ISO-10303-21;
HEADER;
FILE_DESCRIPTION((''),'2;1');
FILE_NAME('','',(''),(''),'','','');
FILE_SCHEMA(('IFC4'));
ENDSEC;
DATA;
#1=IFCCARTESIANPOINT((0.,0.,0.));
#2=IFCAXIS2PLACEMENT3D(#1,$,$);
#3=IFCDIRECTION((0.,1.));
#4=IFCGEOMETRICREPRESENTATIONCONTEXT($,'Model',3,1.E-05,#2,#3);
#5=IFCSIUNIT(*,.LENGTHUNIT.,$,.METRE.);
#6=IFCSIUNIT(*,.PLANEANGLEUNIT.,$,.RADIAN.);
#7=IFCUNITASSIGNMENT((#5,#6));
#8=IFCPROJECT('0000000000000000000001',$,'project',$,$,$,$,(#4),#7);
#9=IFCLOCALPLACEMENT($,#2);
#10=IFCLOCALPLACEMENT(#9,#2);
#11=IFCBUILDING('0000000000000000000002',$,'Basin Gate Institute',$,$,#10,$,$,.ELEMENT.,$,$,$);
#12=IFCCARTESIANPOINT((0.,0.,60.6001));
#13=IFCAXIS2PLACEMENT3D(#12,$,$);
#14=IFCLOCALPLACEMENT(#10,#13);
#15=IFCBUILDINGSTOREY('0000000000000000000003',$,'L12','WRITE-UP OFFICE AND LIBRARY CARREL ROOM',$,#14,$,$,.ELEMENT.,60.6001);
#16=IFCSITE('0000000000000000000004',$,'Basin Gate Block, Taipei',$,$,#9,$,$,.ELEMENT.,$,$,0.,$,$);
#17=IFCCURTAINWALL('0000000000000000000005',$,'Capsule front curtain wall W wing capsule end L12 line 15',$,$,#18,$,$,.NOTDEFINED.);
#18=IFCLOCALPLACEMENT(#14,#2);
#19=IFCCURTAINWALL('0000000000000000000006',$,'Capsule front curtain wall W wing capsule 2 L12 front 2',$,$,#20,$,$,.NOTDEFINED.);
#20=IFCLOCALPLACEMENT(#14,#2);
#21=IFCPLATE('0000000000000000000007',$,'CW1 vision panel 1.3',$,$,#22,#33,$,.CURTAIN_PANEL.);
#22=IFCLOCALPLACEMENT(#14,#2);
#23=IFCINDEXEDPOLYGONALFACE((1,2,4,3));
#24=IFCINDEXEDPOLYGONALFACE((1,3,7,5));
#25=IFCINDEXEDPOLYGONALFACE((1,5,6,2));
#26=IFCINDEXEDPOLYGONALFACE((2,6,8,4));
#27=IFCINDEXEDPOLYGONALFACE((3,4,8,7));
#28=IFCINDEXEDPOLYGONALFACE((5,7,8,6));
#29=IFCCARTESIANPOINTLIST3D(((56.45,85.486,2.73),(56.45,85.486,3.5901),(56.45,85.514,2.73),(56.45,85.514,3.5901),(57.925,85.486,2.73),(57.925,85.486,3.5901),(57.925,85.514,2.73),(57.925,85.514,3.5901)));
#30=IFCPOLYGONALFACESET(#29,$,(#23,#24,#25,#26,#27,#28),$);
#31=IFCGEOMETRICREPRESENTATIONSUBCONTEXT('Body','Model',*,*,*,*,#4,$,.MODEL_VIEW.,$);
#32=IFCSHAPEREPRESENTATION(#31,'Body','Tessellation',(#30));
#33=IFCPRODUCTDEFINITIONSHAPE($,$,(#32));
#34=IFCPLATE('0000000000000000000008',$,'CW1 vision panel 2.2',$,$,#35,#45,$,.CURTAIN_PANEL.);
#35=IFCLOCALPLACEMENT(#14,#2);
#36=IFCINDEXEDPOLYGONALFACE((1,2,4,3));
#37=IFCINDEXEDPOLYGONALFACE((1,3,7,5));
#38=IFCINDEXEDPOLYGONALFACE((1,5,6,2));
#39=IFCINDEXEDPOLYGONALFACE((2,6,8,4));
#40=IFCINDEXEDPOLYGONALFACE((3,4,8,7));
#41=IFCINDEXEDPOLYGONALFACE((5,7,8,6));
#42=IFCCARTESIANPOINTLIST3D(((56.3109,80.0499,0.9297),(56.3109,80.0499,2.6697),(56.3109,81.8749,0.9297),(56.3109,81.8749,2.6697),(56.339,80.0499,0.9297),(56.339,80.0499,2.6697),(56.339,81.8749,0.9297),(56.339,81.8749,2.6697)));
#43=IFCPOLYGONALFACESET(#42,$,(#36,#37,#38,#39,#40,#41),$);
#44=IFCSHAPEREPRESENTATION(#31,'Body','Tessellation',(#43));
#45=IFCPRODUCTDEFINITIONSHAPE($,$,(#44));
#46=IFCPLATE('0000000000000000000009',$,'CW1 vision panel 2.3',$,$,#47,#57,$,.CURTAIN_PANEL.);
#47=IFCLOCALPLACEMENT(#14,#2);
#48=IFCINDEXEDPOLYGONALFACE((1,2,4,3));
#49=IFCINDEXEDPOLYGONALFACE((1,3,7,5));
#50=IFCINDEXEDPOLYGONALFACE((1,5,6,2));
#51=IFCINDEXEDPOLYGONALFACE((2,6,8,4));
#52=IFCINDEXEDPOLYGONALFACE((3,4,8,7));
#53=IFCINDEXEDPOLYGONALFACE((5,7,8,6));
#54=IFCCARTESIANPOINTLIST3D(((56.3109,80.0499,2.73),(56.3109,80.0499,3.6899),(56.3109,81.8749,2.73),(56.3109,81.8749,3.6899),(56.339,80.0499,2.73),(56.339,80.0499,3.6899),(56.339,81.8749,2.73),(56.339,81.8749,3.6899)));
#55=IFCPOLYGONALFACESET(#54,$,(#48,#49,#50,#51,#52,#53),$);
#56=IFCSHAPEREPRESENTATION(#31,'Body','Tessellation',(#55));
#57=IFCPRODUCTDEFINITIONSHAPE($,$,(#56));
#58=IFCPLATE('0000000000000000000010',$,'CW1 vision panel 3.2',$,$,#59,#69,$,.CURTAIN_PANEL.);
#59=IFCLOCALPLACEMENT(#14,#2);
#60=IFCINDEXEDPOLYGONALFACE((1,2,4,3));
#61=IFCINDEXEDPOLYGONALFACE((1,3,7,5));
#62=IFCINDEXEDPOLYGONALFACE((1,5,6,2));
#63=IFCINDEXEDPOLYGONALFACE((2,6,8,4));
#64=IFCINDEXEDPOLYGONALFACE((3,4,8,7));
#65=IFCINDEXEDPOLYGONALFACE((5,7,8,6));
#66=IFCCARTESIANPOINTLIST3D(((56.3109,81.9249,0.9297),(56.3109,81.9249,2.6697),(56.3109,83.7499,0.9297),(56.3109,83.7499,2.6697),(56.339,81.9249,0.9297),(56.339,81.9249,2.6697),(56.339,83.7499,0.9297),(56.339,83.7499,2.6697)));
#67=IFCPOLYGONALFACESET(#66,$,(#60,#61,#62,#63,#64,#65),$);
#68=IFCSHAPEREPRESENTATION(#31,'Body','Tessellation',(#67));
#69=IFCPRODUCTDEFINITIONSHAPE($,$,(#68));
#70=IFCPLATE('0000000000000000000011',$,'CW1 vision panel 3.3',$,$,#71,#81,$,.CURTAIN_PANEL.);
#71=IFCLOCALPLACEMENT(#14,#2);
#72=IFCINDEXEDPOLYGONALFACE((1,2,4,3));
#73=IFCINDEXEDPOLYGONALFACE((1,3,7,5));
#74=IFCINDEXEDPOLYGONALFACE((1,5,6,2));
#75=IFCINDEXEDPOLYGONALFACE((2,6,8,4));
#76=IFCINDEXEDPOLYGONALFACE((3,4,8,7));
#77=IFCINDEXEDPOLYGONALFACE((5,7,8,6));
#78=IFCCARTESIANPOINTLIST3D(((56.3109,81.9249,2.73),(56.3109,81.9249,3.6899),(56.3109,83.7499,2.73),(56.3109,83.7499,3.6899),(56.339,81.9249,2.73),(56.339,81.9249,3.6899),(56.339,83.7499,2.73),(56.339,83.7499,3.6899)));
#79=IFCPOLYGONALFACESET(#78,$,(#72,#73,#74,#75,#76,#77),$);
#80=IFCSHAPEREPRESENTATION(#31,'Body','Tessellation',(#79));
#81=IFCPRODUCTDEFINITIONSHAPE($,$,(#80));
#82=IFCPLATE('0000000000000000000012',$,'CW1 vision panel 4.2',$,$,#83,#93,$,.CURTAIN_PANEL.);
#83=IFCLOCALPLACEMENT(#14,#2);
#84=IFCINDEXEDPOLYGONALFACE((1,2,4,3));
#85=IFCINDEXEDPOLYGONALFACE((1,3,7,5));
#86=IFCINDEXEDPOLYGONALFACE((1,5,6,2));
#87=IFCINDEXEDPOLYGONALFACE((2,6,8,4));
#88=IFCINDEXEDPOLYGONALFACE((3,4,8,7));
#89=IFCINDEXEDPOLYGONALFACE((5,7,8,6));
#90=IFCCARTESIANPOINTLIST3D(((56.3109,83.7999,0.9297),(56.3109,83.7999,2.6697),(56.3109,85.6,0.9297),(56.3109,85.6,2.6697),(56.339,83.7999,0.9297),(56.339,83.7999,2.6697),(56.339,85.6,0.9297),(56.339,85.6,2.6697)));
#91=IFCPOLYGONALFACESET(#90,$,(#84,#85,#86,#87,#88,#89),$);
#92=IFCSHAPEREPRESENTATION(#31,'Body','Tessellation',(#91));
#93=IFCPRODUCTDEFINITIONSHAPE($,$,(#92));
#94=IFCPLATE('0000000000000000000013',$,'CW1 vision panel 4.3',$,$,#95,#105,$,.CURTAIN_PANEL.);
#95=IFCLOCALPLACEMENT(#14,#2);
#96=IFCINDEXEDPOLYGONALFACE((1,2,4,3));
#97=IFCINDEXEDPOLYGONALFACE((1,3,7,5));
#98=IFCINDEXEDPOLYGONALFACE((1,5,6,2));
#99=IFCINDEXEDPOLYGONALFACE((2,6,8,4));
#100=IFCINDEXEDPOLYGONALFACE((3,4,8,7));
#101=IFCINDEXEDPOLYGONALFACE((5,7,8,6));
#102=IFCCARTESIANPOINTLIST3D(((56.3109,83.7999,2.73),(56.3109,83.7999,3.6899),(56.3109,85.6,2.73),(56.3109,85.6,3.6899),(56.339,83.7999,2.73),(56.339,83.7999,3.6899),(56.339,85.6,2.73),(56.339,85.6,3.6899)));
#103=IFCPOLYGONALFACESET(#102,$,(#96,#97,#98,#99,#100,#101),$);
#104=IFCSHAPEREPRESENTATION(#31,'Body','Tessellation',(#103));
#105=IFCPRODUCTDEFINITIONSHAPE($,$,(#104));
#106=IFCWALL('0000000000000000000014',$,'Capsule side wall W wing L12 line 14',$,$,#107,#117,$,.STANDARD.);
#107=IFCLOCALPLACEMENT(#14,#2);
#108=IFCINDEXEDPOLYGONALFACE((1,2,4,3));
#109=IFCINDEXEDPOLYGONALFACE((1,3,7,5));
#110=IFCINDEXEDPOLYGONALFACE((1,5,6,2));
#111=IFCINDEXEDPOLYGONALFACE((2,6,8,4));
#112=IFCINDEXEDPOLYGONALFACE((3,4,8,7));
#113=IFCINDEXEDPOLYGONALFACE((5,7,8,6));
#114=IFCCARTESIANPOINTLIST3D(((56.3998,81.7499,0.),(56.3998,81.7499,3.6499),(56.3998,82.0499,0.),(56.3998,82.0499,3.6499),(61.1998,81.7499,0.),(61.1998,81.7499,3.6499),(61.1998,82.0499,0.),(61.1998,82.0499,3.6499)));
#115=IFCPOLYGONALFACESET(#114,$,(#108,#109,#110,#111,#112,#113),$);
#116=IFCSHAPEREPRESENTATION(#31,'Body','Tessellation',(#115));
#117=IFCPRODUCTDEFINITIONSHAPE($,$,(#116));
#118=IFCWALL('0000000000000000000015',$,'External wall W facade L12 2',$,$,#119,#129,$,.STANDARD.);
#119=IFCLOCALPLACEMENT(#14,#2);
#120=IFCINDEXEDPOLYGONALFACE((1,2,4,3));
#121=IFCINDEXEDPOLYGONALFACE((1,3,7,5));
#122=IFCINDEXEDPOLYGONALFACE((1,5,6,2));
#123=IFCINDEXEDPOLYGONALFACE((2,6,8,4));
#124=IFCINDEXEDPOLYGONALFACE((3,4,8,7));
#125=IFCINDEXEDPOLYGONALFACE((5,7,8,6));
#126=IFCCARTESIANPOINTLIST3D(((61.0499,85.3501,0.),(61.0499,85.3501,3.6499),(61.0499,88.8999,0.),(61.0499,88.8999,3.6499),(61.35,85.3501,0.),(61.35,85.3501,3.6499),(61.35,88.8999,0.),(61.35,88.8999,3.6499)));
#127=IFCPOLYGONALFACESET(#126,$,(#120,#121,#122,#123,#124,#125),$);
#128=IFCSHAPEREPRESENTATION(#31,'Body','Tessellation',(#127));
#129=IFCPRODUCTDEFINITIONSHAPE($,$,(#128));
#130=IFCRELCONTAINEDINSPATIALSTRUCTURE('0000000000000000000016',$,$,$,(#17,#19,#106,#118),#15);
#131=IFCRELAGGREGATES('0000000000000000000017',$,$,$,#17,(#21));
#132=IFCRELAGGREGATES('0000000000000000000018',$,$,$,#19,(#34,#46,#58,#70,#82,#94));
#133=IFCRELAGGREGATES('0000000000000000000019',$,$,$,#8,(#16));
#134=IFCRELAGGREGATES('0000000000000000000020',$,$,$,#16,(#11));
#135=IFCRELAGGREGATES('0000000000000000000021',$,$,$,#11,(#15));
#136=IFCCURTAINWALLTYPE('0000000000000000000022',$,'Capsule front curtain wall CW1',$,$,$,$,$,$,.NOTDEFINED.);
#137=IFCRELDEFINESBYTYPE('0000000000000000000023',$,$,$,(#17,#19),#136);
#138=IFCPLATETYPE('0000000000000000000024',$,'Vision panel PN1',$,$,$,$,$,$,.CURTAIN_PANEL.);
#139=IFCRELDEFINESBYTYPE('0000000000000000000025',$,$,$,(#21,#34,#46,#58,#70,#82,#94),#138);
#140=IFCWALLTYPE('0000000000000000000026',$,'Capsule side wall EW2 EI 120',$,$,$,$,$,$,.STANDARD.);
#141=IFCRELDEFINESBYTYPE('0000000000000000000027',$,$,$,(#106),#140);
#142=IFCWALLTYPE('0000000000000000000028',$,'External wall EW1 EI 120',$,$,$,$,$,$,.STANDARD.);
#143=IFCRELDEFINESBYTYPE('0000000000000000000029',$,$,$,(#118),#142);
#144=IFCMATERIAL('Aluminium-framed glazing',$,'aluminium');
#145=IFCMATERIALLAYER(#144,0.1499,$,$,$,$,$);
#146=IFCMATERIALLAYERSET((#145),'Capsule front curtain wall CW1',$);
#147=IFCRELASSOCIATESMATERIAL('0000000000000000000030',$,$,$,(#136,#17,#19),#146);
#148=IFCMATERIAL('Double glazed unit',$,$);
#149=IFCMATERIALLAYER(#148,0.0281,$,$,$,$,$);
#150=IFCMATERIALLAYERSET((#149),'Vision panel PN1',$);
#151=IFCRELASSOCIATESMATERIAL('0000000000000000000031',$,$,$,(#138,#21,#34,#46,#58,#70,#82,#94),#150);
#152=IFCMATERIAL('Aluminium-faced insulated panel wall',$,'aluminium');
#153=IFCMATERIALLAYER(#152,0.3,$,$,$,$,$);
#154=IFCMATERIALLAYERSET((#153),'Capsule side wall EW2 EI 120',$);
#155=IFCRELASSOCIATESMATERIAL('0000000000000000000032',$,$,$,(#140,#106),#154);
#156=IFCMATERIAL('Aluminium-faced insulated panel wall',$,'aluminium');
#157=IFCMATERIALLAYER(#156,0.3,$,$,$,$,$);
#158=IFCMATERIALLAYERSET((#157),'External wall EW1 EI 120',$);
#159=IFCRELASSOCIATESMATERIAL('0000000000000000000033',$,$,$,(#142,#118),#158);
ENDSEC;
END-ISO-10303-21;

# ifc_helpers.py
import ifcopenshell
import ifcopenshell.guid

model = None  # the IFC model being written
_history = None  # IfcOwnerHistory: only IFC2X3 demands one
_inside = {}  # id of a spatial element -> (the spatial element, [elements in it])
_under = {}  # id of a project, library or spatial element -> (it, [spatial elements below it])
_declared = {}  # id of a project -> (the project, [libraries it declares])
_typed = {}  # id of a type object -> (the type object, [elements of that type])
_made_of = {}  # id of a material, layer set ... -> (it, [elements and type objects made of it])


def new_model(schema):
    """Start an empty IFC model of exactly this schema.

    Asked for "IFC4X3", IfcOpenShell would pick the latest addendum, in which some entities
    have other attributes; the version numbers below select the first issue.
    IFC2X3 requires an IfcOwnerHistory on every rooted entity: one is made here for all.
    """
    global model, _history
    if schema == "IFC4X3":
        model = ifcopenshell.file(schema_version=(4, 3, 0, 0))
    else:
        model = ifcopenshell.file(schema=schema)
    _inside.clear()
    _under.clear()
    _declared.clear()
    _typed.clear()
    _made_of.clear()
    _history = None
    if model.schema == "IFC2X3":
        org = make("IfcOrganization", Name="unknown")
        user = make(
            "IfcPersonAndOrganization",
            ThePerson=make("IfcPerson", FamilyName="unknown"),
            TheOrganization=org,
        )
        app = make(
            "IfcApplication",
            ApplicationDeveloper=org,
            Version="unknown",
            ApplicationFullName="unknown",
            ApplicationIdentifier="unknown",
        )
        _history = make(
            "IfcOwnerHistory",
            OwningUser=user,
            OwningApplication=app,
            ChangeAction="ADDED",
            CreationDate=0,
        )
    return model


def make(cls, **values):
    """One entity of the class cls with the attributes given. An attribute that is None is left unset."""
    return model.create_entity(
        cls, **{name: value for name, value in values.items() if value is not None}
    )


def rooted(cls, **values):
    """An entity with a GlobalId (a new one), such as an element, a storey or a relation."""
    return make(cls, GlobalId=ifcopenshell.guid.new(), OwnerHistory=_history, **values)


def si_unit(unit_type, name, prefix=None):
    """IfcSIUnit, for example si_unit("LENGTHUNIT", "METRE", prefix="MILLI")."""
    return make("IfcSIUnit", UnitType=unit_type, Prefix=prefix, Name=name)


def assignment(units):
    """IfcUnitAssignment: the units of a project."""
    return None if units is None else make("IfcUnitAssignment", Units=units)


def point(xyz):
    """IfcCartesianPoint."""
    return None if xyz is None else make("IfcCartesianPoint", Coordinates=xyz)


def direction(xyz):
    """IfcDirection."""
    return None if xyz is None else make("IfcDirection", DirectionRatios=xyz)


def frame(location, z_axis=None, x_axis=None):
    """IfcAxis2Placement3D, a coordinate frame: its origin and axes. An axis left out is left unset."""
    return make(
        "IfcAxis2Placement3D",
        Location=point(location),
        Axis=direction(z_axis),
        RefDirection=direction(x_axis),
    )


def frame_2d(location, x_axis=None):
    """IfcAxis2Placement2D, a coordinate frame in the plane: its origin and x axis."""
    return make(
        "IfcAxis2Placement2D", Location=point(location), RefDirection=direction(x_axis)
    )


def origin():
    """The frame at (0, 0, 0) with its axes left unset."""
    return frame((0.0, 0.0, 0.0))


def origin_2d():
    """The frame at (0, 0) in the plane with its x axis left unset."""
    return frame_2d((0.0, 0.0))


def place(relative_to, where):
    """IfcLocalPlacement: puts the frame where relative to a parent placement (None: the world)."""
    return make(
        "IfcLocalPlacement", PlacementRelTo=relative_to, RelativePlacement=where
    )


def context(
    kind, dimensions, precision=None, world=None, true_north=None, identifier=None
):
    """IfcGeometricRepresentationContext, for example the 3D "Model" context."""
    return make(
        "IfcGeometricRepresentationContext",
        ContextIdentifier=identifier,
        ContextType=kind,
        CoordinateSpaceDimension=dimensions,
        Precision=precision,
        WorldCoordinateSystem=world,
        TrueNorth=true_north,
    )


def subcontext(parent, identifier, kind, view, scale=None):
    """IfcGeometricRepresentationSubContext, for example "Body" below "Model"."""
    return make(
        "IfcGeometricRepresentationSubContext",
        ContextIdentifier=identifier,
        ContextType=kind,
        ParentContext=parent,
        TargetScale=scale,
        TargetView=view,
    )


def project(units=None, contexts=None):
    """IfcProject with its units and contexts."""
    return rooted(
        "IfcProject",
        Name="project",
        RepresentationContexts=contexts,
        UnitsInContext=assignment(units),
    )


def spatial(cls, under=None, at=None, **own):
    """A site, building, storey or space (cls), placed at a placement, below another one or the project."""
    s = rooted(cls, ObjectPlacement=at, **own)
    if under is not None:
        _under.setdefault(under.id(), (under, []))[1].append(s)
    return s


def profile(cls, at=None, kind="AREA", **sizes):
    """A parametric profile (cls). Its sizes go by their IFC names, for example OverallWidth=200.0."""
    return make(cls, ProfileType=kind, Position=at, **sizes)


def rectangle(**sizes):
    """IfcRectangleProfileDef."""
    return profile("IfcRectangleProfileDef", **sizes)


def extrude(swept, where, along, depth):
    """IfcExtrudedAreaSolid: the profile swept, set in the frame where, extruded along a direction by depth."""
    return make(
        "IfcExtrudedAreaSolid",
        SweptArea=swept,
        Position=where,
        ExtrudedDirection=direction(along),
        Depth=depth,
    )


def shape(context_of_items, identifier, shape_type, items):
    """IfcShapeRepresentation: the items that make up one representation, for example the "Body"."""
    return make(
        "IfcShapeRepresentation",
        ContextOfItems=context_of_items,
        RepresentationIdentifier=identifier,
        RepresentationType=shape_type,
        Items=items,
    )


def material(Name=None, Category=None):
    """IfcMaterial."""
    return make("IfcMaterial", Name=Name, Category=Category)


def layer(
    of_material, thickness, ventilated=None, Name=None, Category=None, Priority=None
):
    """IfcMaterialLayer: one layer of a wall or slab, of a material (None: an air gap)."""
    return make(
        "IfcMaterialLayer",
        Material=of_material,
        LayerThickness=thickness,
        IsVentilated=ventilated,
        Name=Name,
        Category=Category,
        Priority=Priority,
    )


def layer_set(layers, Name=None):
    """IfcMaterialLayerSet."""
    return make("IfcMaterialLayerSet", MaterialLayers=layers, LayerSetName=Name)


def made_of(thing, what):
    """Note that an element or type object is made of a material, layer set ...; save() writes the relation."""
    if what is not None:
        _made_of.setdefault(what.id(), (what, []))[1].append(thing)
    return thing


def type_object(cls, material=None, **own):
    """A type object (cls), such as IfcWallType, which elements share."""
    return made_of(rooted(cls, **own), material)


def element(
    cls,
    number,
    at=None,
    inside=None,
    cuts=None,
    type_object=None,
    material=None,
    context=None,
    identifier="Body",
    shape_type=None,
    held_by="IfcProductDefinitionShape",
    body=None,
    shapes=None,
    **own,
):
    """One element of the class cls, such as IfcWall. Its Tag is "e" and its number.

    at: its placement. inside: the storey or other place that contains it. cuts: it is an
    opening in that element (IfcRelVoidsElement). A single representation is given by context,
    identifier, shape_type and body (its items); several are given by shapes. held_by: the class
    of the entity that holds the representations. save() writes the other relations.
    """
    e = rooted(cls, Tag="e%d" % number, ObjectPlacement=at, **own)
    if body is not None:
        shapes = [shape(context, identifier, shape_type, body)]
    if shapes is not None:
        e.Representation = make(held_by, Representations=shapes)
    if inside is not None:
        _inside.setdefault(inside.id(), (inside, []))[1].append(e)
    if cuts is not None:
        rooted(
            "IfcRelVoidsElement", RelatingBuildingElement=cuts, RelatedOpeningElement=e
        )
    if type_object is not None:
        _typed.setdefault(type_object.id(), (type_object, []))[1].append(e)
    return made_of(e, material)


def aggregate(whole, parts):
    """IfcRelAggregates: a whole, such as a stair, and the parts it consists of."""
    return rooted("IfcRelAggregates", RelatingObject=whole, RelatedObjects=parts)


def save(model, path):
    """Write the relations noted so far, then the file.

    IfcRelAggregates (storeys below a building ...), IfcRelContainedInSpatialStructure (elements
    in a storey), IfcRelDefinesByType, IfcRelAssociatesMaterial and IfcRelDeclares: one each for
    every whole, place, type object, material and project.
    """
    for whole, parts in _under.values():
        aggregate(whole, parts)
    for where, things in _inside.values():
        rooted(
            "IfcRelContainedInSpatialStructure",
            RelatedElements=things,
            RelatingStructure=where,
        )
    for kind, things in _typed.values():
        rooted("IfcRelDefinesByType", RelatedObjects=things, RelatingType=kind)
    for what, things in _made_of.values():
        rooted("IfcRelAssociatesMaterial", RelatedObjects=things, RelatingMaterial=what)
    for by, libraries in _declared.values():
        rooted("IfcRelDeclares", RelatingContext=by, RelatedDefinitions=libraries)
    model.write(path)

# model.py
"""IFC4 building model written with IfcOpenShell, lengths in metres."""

from ifc_helpers import new_model, si_unit, direction, frame, frame_2d, origin, origin_2d, place, context, subcontext, project, spatial, rectangle, extrude, material, layer, layer_set, type_object, element, aggregate, save


model = new_model("IFC4")

# Units and contexts
model_context = context("Model", 3, precision=1e-05, world=origin(), true_north=direction((0.0, 1.0)))
body_context = subcontext(model_context, "Body", "Model", "MODEL_VIEW")
ifc_project = project(units=[si_unit("LENGTHUNIT", "METRE"), si_unit("PLANEANGLEUNIT", "RADIAN")], contexts=[model_context])

# Site, building, storey
site_placement = place(None, origin())
site = spatial("IfcSite", under=ifc_project, at=site_placement, Name="Basin Gate Block, Taipei", CompositionType="ELEMENT", RefElevation=0.0)
building_placement = place(site_placement, origin())
building = spatial("IfcBuilding", under=site, at=building_placement, Name="Basin Gate Institute", CompositionType="ELEMENT")
storey_placement = place(building_placement, frame((0.0, 0.0, 60.6001)))
storey = spatial("IfcBuildingStorey", under=building, at=storey_placement, Name="L12", Description="WRITE-UP OFFICE AND LIBRARY CARREL ROOM", CompositionType="ELEMENT", Elevation=60.6001)

# Curtain walls
ifc_material_1 = material(Name="Aluminium-framed glazing", Category="aluminium")
ifc_layer_1 = layer(ifc_material_1, 0.1499)
ifc_layer_set_1 = layer_set([ifc_layer_1], Name="Capsule front curtain wall CW1")
curtain_wall_type = type_object("IfcCurtainWallType", Name="Capsule front curtain wall CW1", PredefinedType="NOTDEFINED", material=ifc_layer_set_1)
curtain_wall_1_placement = place(storey_placement, origin())
curtain_wall_1 = element("IfcCurtainWall", 1, at=curtain_wall_1_placement, inside=storey, type_object=curtain_wall_type, material=ifc_layer_set_1, Name="Capsule front curtain wall W wing capsule end L12 line 15", PredefinedType="NOTDEFINED")
curtain_wall_2_placement = place(storey_placement, origin())
curtain_wall_2 = element("IfcCurtainWall", 2, at=curtain_wall_2_placement, inside=storey, type_object=curtain_wall_type, material=ifc_layer_set_1, Name="Capsule front curtain wall W wing capsule 2 L12 front 2", PredefinedType="NOTDEFINED")

# Plates
ifc_material_2 = material(Name="Double glazed unit")
ifc_layer_2 = layer(ifc_material_2, 0.0281)
ifc_layer_set_2 = layer_set([ifc_layer_2], Name="Vision panel PN1")
plate_type_1 = type_object("IfcPlateType", Name="Vision panel PN1", PredefinedType="CURTAIN_PANEL", material=ifc_layer_set_2)
plate_1_placement = place(storey_placement, frame((57.1875, 85.5, 2.73), z_axis=(0.0, 0.0, 1.0), x_axis=(1.0, 0.0, 0.0)))
plate_1 = element("IfcPlate", 3, at=plate_1_placement, type_object=plate_type_1, material=ifc_layer_set_2, Name="CW1 vision panel 1.3", PredefinedType="CURTAIN_PANEL", context=body_context, shape_type="SweptSolid", body=[
    extrude(rectangle(XDim=1.4751, YDim=0.0281, at=origin_2d()), origin(), (0.0, 0.0, 1.0), 0.8601),
])
aggregate(curtain_wall_1, [plate_1])
plate_2_placement = place(storey_placement, frame((56.325, 80.9624, 0.9297), z_axis=(0.0, 0.0, 1.0), x_axis=(0.0, 1.0, 0.0)))
plate_2 = element("IfcPlate", 4, at=plate_2_placement, type_object=plate_type_1, material=ifc_layer_set_2, Name="CW1 vision panel 2.2", PredefinedType="CURTAIN_PANEL", context=body_context, shape_type="SweptSolid", body=[
    extrude(rectangle(XDim=1.825, YDim=0.0281, at=origin_2d()), origin(), (0.0, 0.0, 1.0), 1.74),
])
plate_3_placement = place(storey_placement, frame((56.325, 80.9624, 2.73), z_axis=(0.0, 0.0, 1.0), x_axis=(0.0, 1.0, 0.0)))
plate_3 = element("IfcPlate", 5, at=plate_3_placement, type_object=plate_type_1, material=ifc_layer_set_2, Name="CW1 vision panel 2.3", PredefinedType="CURTAIN_PANEL", context=body_context, shape_type="SweptSolid", body=[
    extrude(rectangle(XDim=1.825, YDim=0.0281, at=origin_2d()), origin(), (0.0, 0.0, 1.0), 0.96),
])
plate_4_placement = place(storey_placement, frame((56.325, 82.8374, 0.9297), z_axis=(0.0, 0.0, 1.0), x_axis=(0.0, 1.0, 0.0)))
plate_4 = element("IfcPlate", 6, at=plate_4_placement, type_object=plate_type_1, material=ifc_layer_set_2, Name="CW1 vision panel 3.2", PredefinedType="CURTAIN_PANEL", context=body_context, shape_type="SweptSolid", body=[
    extrude(rectangle(XDim=1.825, YDim=0.0281, at=origin_2d()), origin(), (0.0, 0.0, 1.0), 1.74),
])
plate_5_placement = place(storey_placement, frame((56.325, 82.8374, 2.73), z_axis=(0.0, 0.0, 1.0), x_axis=(0.0, 1.0, 0.0)))
plate_5 = element("IfcPlate", 7, at=plate_5_placement, type_object=plate_type_1, material=ifc_layer_set_2, Name="CW1 vision panel 3.3", PredefinedType="CURTAIN_PANEL", context=body_context, shape_type="SweptSolid", body=[
    extrude(rectangle(XDim=1.825, YDim=0.0281, at=origin_2d()), origin(), (0.0, 0.0, 1.0), 0.96),
])
plate_6_placement = place(storey_placement, frame((56.325, 84.7, 0.9297), z_axis=(0.0, 0.0, 1.0), x_axis=(0.0, 1.0, 0.0)))
plate_6 = element("IfcPlate", 8, at=plate_6_placement, type_object=plate_type_1, material=ifc_layer_set_2, Name="CW1 vision panel 4.2", PredefinedType="CURTAIN_PANEL", context=body_context, shape_type="SweptSolid", body=[
    extrude(rectangle(XDim=1.8, YDim=0.0281, at=origin_2d()), origin(), (0.0, 0.0, 1.0), 1.74),
])
plate_7_placement = place(storey_placement, frame((56.325, 84.7, 2.73), z_axis=(0.0, 0.0, 1.0), x_axis=(0.0, 1.0, 0.0)))
plate_7 = element("IfcPlate", 9, at=plate_7_placement, type_object=plate_type_1, material=ifc_layer_set_2, Name="CW1 vision panel 4.3", PredefinedType="CURTAIN_PANEL", context=body_context, shape_type="SweptSolid", body=[
    extrude(rectangle(XDim=1.8, YDim=0.0281, at=origin_2d()), origin(), (0.0, 0.0, 1.0), 0.96),
])
aggregate(curtain_wall_2, [plate_2, plate_3, plate_4, plate_5, plate_6, plate_7])

# Walls
ifc_material_3 = material(Name="Aluminium-faced insulated panel wall", Category="aluminium")
ifc_layer_3 = layer(ifc_material_3, 0.3)
ifc_layer_set_3 = layer_set([ifc_layer_3], Name="Capsule side wall EW2 EI 120")
wall_type_1 = type_object("IfcWallType", Name="Capsule side wall EW2 EI 120", PredefinedType="STANDARD", material=ifc_layer_set_3)
wall_1_placement = place(storey_placement, frame((56.3999, 81.8999, 0.0), z_axis=(0.0, 0.0, 1.0), x_axis=(1.0, 0.0, 0.0)))
element("IfcWall", 10, at=wall_1_placement, inside=storey, type_object=wall_type_1, material=ifc_layer_set_3, Name="Capsule side wall W wing L12 line 14", PredefinedType="STANDARD", context=body_context, shape_type="SweptSolid", body=[
    extrude(rectangle(XDim=4.8, YDim=0.3, at=frame_2d((2.3999, 0.0))), origin(), (0.0, 0.0, 1.0), 3.6499),
])
ifc_material_4 = material(Name="Aluminium-faced insulated panel wall", Category="aluminium")
ifc_layer_4 = layer(ifc_material_4, 0.3)
ifc_layer_set_4 = layer_set([ifc_layer_4], Name="External wall EW1 EI 120")
wall_type_2 = type_object("IfcWallType", Name="External wall EW1 EI 120", PredefinedType="STANDARD", material=ifc_layer_set_4)
wall_2_placement = place(storey_placement, frame((61.2, 85.3501, 0.0), z_axis=(0.0, 0.0, 1.0), x_axis=(0.0, 1.0, 0.0)))
element("IfcWall", 11, at=wall_2_placement, inside=storey, type_object=wall_type_2, material=ifc_layer_set_4, Name="External wall W facade L12 2", PredefinedType="STANDARD", context=body_context, shape_type="SweptSolid", body=[
    extrude(rectangle(XDim=3.5498, YDim=0.3, at=frame_2d((1.7749, 0.0))), origin(), (0.0, 0.0, 1.0), 3.6499),
])

save(model, "model.ifc")
